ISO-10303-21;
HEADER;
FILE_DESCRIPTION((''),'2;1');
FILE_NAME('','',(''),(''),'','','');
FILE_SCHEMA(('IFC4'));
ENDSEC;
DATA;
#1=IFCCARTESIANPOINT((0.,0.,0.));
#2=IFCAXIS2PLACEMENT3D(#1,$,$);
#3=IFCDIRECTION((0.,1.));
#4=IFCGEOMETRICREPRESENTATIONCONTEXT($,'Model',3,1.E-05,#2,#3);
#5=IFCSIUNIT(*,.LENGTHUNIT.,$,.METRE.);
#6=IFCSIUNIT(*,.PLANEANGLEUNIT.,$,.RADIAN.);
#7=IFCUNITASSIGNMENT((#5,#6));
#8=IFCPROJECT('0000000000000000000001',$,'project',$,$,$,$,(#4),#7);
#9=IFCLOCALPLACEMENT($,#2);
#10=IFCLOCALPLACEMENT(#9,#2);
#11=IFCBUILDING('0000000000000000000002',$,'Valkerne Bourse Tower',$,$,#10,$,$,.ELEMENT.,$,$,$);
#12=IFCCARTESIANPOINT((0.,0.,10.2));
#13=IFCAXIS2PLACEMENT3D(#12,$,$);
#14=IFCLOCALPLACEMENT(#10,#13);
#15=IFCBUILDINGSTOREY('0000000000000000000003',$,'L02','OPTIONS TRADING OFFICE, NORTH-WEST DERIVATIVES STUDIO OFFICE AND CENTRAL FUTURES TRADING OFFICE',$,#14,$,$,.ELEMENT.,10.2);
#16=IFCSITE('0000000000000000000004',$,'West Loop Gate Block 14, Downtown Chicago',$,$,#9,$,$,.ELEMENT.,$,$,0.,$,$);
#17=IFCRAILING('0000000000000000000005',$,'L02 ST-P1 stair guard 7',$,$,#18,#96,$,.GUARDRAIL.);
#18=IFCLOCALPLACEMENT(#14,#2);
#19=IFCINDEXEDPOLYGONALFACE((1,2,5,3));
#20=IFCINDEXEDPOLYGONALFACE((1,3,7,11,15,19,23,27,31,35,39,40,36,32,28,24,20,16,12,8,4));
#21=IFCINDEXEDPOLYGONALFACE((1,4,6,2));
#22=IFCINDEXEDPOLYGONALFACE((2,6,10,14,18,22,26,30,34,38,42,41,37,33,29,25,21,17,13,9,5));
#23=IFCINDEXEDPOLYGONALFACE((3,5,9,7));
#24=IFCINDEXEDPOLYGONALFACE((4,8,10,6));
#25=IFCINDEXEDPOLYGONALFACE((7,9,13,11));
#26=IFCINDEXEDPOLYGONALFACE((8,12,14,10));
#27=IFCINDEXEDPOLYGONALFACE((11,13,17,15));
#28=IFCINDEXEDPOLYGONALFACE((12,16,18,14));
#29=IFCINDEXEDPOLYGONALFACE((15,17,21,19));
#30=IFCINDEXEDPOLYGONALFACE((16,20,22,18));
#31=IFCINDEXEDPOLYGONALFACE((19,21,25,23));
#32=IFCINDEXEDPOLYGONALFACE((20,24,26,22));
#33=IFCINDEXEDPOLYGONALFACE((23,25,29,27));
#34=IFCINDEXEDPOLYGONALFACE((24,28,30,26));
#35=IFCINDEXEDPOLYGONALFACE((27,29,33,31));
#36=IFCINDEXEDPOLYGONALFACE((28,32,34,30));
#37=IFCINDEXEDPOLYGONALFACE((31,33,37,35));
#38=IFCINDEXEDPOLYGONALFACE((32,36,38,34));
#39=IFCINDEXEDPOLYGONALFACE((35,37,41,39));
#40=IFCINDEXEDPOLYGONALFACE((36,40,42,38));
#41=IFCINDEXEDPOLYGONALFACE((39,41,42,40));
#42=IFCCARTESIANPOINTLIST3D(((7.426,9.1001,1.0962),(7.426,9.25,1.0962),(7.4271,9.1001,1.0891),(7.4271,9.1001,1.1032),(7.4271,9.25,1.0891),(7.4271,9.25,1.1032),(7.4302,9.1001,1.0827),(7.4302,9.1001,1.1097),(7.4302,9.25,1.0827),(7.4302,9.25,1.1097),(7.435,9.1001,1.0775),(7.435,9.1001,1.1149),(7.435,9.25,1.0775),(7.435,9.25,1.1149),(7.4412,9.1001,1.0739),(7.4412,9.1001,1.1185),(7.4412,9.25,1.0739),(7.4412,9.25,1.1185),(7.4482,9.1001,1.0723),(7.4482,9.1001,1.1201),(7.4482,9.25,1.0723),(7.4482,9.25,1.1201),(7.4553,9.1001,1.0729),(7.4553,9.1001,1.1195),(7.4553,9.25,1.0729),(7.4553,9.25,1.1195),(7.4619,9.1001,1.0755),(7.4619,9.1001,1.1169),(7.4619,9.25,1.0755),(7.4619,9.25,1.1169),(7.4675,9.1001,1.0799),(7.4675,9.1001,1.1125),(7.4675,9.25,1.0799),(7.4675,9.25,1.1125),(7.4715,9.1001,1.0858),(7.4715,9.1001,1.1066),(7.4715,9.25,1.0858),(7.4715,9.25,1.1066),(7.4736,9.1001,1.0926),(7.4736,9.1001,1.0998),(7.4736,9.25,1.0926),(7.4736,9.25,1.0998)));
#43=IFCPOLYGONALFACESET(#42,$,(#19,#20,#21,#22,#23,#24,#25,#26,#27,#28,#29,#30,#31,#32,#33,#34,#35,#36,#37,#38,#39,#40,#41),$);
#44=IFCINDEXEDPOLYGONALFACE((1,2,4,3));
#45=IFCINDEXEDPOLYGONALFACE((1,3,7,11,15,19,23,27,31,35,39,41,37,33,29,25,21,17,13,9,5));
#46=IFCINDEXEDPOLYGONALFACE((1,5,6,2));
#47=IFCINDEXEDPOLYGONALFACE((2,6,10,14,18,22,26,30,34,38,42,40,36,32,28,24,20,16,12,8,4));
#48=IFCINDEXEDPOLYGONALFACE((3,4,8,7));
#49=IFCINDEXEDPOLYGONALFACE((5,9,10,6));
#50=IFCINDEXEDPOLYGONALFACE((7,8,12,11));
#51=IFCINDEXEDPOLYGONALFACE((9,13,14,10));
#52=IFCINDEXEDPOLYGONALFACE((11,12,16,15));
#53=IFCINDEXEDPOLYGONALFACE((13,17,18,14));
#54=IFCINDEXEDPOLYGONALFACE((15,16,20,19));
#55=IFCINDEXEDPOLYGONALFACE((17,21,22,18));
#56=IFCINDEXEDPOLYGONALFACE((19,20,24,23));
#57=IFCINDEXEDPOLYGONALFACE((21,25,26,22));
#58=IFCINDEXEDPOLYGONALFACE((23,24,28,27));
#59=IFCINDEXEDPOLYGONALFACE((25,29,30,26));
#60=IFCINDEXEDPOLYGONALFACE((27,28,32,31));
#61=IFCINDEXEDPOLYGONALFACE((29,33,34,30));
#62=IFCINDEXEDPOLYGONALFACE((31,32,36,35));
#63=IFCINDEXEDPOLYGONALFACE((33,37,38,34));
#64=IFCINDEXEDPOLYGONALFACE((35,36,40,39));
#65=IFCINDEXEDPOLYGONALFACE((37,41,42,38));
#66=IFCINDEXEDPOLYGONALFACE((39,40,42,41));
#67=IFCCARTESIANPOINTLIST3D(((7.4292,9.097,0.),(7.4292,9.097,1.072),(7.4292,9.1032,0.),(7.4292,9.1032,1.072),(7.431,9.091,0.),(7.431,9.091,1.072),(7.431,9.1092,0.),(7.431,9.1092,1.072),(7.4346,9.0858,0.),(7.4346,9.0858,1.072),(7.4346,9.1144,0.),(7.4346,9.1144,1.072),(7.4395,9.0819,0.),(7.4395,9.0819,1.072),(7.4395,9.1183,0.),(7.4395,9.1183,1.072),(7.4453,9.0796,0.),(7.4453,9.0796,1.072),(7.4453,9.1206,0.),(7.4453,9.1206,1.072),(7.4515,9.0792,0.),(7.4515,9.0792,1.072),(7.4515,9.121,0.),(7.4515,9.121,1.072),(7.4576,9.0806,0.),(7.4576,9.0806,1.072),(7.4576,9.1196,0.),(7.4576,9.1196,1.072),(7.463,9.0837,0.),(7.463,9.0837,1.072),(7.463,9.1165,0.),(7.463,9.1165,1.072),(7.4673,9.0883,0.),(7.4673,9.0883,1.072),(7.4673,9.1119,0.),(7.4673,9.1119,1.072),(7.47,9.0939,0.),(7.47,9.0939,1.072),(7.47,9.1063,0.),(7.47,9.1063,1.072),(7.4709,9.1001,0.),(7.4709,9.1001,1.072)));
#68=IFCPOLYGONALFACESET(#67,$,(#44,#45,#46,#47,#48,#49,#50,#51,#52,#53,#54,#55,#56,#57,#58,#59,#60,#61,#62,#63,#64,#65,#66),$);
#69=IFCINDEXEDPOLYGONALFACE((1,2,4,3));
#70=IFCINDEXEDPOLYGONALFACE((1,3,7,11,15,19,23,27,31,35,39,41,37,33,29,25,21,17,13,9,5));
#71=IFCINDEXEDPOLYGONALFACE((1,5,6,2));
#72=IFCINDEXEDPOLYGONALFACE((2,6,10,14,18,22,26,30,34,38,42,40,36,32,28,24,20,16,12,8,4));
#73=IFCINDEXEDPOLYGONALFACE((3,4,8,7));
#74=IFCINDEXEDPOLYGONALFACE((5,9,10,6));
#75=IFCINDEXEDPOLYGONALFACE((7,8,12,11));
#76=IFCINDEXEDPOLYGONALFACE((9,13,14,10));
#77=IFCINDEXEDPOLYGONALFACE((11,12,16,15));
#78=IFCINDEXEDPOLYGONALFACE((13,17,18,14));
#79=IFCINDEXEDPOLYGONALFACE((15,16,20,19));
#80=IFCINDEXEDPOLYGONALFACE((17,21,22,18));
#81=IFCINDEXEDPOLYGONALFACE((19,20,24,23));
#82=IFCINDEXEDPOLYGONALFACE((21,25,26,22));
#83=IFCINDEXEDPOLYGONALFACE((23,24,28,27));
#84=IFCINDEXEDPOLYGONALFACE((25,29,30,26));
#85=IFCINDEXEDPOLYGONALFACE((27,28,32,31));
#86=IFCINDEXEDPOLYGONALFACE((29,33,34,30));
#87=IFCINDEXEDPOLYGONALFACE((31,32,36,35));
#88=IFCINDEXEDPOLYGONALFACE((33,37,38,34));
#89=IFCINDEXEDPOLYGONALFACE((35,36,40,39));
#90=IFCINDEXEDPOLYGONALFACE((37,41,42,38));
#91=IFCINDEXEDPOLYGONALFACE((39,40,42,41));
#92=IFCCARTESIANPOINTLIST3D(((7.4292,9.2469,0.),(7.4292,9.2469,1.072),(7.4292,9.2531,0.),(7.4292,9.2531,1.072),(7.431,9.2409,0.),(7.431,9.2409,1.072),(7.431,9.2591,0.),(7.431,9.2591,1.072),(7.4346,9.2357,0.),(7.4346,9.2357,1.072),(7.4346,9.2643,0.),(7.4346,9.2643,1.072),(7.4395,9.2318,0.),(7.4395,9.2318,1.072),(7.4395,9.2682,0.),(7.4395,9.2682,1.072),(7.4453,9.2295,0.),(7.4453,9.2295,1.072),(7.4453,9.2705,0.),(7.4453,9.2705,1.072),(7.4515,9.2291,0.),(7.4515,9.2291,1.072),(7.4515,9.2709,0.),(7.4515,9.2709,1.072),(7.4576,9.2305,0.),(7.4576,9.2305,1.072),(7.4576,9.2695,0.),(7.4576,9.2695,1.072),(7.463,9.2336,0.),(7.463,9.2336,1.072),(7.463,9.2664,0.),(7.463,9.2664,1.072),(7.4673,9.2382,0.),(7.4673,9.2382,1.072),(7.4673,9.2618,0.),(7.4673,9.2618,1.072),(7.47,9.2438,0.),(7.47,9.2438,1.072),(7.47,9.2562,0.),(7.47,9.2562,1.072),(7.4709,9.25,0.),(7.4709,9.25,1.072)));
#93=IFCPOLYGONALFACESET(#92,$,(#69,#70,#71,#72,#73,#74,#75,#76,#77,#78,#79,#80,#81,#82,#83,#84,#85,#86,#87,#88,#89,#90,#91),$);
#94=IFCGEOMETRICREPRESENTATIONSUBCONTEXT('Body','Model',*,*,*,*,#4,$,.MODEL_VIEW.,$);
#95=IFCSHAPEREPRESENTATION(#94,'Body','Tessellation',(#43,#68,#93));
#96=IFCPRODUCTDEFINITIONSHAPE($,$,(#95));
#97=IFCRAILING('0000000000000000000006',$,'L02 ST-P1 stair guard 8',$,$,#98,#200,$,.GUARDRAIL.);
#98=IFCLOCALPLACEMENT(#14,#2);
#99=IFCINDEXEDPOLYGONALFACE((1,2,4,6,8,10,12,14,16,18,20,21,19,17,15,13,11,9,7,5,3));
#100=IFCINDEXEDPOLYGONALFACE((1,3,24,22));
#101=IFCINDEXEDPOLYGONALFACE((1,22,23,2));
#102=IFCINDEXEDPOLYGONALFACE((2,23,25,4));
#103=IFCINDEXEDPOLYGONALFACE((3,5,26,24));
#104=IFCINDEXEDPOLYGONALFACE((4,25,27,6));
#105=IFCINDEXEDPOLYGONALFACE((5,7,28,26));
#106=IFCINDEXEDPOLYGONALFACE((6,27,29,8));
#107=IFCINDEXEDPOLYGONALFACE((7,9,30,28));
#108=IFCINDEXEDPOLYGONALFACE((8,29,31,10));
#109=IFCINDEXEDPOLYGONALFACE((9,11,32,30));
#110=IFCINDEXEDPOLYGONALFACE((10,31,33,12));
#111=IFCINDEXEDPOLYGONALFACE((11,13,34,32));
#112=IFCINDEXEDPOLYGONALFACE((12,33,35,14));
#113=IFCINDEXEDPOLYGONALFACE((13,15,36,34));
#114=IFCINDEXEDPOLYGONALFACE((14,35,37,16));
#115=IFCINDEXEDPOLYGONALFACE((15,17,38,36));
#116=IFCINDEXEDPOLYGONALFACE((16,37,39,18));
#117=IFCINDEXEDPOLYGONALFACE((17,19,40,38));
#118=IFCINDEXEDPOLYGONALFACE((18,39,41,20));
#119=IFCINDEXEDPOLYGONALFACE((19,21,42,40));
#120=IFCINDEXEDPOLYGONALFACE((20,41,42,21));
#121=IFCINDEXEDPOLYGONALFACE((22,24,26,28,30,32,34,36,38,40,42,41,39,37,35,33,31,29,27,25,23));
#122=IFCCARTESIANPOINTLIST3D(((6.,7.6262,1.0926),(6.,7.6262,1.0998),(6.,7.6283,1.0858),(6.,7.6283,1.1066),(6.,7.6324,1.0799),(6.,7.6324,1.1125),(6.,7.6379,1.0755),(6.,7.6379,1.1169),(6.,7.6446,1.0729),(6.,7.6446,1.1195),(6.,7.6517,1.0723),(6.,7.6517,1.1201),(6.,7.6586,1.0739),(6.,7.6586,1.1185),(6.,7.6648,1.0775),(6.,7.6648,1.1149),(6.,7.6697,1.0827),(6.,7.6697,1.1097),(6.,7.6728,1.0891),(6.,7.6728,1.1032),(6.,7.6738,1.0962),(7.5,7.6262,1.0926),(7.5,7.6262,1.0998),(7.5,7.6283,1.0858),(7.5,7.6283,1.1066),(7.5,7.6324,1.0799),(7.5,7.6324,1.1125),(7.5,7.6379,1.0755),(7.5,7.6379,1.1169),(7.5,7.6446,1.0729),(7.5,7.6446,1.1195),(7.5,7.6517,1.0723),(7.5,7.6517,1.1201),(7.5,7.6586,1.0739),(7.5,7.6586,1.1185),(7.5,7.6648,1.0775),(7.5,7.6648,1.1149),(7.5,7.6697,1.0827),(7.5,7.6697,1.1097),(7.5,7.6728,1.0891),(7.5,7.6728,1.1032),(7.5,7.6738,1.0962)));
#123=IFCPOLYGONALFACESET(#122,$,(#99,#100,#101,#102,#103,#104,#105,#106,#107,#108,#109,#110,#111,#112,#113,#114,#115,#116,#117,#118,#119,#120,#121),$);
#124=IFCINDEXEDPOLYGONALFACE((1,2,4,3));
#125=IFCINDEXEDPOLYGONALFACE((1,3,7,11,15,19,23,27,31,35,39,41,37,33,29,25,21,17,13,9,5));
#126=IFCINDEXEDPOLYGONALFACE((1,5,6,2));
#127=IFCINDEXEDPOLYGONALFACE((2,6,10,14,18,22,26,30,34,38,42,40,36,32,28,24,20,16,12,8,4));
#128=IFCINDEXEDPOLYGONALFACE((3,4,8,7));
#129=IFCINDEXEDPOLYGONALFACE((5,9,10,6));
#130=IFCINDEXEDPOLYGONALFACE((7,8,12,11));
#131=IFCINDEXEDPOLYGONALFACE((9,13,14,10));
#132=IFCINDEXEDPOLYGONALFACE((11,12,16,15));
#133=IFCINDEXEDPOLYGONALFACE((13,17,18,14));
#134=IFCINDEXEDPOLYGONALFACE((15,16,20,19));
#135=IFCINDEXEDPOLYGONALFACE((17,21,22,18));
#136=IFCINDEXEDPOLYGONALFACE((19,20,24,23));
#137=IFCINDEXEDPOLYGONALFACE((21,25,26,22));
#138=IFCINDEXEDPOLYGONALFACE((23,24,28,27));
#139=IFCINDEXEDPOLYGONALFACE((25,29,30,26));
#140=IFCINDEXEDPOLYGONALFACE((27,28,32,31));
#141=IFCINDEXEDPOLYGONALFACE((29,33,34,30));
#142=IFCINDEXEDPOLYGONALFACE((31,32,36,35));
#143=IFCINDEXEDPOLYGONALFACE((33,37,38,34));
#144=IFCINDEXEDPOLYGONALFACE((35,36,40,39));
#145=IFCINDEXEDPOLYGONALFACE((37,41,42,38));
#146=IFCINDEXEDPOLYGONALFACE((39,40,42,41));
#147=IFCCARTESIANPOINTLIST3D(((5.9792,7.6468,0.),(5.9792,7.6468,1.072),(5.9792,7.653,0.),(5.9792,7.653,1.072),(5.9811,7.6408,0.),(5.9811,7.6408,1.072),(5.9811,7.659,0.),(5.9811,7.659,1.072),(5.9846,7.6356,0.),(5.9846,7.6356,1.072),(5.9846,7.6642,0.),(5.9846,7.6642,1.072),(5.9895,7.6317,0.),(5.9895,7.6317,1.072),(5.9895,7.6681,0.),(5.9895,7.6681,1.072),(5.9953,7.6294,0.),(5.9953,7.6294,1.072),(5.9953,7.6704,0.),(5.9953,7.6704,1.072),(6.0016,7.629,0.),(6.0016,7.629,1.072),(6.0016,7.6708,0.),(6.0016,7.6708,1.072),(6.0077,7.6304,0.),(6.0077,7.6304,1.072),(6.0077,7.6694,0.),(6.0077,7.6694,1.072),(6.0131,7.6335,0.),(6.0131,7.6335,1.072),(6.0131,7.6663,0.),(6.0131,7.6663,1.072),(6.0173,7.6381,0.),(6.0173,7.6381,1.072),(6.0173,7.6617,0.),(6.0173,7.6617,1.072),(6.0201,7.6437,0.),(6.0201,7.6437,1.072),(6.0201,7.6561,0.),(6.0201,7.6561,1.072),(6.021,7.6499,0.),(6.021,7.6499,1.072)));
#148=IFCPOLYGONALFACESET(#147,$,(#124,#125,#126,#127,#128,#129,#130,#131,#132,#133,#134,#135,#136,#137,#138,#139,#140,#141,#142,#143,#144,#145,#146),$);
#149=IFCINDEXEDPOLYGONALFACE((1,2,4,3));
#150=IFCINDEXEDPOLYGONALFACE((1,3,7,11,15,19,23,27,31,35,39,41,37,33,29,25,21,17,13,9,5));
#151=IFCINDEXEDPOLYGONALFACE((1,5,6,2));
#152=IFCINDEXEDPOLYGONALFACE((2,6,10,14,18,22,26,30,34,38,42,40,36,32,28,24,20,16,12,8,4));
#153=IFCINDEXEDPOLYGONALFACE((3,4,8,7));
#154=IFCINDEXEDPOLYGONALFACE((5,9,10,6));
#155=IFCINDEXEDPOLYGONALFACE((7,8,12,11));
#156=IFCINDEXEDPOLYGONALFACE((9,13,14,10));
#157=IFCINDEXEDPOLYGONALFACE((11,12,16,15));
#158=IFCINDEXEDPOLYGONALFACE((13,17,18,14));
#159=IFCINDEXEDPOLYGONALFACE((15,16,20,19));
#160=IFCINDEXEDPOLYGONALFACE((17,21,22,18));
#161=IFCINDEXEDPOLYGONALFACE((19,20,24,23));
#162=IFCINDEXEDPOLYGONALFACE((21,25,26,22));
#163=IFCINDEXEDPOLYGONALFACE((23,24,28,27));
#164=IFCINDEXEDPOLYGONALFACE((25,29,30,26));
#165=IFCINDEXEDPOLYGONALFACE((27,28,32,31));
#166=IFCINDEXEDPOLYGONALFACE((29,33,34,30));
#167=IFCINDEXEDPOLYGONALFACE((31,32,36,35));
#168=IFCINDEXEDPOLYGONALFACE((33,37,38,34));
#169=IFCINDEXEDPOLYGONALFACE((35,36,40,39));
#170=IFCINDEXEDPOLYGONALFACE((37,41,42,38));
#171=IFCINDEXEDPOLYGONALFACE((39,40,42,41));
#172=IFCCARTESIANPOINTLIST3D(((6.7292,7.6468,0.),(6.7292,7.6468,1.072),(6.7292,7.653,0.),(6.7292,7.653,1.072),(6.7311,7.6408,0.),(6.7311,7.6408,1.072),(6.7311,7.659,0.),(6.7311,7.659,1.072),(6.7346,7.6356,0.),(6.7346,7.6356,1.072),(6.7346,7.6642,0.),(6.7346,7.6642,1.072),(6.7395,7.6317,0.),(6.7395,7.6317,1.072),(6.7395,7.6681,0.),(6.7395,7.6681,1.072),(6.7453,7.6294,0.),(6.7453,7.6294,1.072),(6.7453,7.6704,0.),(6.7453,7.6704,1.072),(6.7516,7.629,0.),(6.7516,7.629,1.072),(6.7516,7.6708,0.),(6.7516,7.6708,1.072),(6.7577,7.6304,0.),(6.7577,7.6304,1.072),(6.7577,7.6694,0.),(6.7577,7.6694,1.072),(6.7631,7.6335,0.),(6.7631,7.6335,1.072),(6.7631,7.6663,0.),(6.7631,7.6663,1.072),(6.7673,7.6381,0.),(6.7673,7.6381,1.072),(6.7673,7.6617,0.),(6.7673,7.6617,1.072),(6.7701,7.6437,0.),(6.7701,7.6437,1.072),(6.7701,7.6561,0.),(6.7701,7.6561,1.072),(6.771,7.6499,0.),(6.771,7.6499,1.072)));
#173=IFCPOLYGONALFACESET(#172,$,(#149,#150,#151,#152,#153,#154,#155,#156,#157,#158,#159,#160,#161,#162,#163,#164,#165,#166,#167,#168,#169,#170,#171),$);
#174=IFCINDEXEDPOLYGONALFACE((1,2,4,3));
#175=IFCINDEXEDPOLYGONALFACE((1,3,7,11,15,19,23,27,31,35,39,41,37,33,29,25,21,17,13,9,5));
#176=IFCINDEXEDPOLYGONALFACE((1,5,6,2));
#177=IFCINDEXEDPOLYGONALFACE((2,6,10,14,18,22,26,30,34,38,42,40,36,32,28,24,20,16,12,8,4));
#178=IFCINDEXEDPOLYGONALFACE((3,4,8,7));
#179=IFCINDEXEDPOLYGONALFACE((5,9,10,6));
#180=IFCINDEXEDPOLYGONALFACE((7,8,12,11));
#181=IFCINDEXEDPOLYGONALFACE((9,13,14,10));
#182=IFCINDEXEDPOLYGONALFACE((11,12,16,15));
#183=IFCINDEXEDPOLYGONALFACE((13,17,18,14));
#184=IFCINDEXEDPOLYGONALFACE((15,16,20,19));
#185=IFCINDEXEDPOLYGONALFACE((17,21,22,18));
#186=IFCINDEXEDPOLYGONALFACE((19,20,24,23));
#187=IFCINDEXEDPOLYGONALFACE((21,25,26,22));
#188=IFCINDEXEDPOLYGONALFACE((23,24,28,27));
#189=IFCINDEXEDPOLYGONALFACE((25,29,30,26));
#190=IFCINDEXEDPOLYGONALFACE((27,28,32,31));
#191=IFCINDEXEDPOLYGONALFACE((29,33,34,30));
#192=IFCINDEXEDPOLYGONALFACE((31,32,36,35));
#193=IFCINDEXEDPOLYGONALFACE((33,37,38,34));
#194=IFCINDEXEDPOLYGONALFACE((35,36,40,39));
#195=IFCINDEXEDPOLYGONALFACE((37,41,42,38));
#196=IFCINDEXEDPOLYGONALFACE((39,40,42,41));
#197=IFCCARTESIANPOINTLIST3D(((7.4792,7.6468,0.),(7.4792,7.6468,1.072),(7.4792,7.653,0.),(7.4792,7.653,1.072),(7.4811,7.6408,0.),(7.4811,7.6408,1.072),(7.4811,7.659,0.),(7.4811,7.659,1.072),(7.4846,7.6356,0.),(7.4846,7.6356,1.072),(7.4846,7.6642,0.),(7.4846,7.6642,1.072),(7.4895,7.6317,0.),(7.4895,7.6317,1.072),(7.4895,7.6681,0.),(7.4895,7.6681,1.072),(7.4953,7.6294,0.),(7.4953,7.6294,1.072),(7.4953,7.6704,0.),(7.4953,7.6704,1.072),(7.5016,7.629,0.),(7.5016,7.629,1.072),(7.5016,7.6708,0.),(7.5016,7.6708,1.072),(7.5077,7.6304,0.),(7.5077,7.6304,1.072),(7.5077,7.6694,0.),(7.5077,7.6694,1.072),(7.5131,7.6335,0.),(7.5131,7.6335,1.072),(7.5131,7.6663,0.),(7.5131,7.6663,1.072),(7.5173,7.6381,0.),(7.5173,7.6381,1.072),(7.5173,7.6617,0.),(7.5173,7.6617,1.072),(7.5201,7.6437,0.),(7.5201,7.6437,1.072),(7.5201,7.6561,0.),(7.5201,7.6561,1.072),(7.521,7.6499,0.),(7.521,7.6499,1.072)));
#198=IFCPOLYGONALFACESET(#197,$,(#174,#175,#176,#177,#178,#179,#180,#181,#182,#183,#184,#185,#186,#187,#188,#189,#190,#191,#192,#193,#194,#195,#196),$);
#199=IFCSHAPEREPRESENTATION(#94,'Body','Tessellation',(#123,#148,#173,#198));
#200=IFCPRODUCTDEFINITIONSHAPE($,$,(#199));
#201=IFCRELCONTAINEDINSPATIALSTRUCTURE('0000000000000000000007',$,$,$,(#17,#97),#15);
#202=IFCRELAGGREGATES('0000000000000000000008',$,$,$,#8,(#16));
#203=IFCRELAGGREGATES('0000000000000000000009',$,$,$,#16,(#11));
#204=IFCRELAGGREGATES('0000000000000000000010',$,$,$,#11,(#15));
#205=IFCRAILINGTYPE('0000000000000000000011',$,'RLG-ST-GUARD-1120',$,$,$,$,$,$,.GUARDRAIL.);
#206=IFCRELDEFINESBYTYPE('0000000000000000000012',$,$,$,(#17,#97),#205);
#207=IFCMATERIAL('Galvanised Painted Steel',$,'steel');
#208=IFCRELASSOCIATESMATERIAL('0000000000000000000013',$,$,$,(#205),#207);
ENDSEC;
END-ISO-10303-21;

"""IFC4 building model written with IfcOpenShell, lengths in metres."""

from ifc_helpers import new_model, si_unit, direction, frame, origin, origin_2d, place, context, subcontext, project, spatial, circle, extrude, material, type_object, element, save


model = new_model("IFC4")

# Units and contexts
model_context = context("Model", 3, precision=1e-05, world=origin(), true_north=direction((0.0, 1.0)))
body_context = subcontext(model_context, "Body", "Model", "MODEL_VIEW")
ifc_project = project(units=[si_unit("LENGTHUNIT", "METRE"), si_unit("PLANEANGLEUNIT", "RADIAN")], contexts=[model_context])

# Site, building, storey
site_placement = place(None, origin())
site = spatial("IfcSite", under=ifc_project, at=site_placement, Name="West Loop Gate Block 14, Downtown Chicago", CompositionType="ELEMENT", RefElevation=0.0)
building_placement = place(site_placement, origin())
building = spatial("IfcBuilding", under=site, at=building_placement, Name="Valkerne Bourse Tower", CompositionType="ELEMENT")
storey_placement = place(building_placement, frame((0.0, 0.0, 10.2)))
storey = spatial("IfcBuildingStorey", under=building, at=storey_placement, Name="L02", Description="OPTIONS TRADING OFFICE, NORTH-WEST DERIVATIVES STUDIO OFFICE AND CENTRAL FUTURES TRADING OFFICE", CompositionType="ELEMENT", Elevation=10.2)

# Railings
ifc_material_1 = material(Name="Galvanised Painted Steel", Category="steel")
railing_type_1 = type_object("IfcRailingType", Name="RLG-ST-GUARD-1120", PredefinedType="GUARDRAIL", material=ifc_material_1)
railing_1_placement = place(storey_placement, frame((7.45, 9.1001, 0.0)))
element("IfcRailing", 1, at=railing_1_placement, inside=storey, type_object=railing_type_1, Name="L02 ST-P1 stair guard 7", PredefinedType="GUARDRAIL", context=body_context, shape_type="SweptSolid", body=[
    extrude(circle(Radius=0.0239, at=origin_2d()), frame((0.0, 0.0, 1.0962), z_axis=(0.0, 1.0, 0.0), x_axis=(-1.0, 0.0, 0.0)), (0.0, 0.0, 1.0), 0.1499),
    extrude(circle(Radius=0.021, at=origin_2d()), origin(), (0.0, 0.0, 1.0), 1.072),
    extrude(circle(Radius=0.021, at=origin_2d()), frame((0.0, 0.1499, 0.0)), (0.0, 0.0, 1.0), 1.072),
])
railing_2_placement = place(storey_placement, frame((6.0, 7.6499, 0.0)))
element("IfcRailing", 2, at=railing_2_placement, inside=storey, type_object=railing_type_1, Name="L02 ST-P1 stair guard 8", PredefinedType="GUARDRAIL", context=body_context, shape_type="SweptSolid", body=[
    extrude(circle(Radius=0.0239, at=origin_2d()), frame((0.0, 0.0, 1.0962), z_axis=(1.0, 0.0, 0.0), x_axis=(0.0, 1.0, 0.0)), (0.0, 0.0, 1.0), 1.5),
    extrude(circle(Radius=0.021, at=origin_2d()), origin(), (0.0, 0.0, 1.0), 1.072),
    extrude(circle(Radius=0.021, at=origin_2d()), frame((0.75, 0.0, 0.0)), (0.0, 0.0, 1.0), 1.072),
    extrude(circle(Radius=0.021, at=origin_2d()), frame((1.5, 0.0, 0.0)), (0.0, 0.0, 1.0), 1.072),
])

save(model, "model.ifc")
